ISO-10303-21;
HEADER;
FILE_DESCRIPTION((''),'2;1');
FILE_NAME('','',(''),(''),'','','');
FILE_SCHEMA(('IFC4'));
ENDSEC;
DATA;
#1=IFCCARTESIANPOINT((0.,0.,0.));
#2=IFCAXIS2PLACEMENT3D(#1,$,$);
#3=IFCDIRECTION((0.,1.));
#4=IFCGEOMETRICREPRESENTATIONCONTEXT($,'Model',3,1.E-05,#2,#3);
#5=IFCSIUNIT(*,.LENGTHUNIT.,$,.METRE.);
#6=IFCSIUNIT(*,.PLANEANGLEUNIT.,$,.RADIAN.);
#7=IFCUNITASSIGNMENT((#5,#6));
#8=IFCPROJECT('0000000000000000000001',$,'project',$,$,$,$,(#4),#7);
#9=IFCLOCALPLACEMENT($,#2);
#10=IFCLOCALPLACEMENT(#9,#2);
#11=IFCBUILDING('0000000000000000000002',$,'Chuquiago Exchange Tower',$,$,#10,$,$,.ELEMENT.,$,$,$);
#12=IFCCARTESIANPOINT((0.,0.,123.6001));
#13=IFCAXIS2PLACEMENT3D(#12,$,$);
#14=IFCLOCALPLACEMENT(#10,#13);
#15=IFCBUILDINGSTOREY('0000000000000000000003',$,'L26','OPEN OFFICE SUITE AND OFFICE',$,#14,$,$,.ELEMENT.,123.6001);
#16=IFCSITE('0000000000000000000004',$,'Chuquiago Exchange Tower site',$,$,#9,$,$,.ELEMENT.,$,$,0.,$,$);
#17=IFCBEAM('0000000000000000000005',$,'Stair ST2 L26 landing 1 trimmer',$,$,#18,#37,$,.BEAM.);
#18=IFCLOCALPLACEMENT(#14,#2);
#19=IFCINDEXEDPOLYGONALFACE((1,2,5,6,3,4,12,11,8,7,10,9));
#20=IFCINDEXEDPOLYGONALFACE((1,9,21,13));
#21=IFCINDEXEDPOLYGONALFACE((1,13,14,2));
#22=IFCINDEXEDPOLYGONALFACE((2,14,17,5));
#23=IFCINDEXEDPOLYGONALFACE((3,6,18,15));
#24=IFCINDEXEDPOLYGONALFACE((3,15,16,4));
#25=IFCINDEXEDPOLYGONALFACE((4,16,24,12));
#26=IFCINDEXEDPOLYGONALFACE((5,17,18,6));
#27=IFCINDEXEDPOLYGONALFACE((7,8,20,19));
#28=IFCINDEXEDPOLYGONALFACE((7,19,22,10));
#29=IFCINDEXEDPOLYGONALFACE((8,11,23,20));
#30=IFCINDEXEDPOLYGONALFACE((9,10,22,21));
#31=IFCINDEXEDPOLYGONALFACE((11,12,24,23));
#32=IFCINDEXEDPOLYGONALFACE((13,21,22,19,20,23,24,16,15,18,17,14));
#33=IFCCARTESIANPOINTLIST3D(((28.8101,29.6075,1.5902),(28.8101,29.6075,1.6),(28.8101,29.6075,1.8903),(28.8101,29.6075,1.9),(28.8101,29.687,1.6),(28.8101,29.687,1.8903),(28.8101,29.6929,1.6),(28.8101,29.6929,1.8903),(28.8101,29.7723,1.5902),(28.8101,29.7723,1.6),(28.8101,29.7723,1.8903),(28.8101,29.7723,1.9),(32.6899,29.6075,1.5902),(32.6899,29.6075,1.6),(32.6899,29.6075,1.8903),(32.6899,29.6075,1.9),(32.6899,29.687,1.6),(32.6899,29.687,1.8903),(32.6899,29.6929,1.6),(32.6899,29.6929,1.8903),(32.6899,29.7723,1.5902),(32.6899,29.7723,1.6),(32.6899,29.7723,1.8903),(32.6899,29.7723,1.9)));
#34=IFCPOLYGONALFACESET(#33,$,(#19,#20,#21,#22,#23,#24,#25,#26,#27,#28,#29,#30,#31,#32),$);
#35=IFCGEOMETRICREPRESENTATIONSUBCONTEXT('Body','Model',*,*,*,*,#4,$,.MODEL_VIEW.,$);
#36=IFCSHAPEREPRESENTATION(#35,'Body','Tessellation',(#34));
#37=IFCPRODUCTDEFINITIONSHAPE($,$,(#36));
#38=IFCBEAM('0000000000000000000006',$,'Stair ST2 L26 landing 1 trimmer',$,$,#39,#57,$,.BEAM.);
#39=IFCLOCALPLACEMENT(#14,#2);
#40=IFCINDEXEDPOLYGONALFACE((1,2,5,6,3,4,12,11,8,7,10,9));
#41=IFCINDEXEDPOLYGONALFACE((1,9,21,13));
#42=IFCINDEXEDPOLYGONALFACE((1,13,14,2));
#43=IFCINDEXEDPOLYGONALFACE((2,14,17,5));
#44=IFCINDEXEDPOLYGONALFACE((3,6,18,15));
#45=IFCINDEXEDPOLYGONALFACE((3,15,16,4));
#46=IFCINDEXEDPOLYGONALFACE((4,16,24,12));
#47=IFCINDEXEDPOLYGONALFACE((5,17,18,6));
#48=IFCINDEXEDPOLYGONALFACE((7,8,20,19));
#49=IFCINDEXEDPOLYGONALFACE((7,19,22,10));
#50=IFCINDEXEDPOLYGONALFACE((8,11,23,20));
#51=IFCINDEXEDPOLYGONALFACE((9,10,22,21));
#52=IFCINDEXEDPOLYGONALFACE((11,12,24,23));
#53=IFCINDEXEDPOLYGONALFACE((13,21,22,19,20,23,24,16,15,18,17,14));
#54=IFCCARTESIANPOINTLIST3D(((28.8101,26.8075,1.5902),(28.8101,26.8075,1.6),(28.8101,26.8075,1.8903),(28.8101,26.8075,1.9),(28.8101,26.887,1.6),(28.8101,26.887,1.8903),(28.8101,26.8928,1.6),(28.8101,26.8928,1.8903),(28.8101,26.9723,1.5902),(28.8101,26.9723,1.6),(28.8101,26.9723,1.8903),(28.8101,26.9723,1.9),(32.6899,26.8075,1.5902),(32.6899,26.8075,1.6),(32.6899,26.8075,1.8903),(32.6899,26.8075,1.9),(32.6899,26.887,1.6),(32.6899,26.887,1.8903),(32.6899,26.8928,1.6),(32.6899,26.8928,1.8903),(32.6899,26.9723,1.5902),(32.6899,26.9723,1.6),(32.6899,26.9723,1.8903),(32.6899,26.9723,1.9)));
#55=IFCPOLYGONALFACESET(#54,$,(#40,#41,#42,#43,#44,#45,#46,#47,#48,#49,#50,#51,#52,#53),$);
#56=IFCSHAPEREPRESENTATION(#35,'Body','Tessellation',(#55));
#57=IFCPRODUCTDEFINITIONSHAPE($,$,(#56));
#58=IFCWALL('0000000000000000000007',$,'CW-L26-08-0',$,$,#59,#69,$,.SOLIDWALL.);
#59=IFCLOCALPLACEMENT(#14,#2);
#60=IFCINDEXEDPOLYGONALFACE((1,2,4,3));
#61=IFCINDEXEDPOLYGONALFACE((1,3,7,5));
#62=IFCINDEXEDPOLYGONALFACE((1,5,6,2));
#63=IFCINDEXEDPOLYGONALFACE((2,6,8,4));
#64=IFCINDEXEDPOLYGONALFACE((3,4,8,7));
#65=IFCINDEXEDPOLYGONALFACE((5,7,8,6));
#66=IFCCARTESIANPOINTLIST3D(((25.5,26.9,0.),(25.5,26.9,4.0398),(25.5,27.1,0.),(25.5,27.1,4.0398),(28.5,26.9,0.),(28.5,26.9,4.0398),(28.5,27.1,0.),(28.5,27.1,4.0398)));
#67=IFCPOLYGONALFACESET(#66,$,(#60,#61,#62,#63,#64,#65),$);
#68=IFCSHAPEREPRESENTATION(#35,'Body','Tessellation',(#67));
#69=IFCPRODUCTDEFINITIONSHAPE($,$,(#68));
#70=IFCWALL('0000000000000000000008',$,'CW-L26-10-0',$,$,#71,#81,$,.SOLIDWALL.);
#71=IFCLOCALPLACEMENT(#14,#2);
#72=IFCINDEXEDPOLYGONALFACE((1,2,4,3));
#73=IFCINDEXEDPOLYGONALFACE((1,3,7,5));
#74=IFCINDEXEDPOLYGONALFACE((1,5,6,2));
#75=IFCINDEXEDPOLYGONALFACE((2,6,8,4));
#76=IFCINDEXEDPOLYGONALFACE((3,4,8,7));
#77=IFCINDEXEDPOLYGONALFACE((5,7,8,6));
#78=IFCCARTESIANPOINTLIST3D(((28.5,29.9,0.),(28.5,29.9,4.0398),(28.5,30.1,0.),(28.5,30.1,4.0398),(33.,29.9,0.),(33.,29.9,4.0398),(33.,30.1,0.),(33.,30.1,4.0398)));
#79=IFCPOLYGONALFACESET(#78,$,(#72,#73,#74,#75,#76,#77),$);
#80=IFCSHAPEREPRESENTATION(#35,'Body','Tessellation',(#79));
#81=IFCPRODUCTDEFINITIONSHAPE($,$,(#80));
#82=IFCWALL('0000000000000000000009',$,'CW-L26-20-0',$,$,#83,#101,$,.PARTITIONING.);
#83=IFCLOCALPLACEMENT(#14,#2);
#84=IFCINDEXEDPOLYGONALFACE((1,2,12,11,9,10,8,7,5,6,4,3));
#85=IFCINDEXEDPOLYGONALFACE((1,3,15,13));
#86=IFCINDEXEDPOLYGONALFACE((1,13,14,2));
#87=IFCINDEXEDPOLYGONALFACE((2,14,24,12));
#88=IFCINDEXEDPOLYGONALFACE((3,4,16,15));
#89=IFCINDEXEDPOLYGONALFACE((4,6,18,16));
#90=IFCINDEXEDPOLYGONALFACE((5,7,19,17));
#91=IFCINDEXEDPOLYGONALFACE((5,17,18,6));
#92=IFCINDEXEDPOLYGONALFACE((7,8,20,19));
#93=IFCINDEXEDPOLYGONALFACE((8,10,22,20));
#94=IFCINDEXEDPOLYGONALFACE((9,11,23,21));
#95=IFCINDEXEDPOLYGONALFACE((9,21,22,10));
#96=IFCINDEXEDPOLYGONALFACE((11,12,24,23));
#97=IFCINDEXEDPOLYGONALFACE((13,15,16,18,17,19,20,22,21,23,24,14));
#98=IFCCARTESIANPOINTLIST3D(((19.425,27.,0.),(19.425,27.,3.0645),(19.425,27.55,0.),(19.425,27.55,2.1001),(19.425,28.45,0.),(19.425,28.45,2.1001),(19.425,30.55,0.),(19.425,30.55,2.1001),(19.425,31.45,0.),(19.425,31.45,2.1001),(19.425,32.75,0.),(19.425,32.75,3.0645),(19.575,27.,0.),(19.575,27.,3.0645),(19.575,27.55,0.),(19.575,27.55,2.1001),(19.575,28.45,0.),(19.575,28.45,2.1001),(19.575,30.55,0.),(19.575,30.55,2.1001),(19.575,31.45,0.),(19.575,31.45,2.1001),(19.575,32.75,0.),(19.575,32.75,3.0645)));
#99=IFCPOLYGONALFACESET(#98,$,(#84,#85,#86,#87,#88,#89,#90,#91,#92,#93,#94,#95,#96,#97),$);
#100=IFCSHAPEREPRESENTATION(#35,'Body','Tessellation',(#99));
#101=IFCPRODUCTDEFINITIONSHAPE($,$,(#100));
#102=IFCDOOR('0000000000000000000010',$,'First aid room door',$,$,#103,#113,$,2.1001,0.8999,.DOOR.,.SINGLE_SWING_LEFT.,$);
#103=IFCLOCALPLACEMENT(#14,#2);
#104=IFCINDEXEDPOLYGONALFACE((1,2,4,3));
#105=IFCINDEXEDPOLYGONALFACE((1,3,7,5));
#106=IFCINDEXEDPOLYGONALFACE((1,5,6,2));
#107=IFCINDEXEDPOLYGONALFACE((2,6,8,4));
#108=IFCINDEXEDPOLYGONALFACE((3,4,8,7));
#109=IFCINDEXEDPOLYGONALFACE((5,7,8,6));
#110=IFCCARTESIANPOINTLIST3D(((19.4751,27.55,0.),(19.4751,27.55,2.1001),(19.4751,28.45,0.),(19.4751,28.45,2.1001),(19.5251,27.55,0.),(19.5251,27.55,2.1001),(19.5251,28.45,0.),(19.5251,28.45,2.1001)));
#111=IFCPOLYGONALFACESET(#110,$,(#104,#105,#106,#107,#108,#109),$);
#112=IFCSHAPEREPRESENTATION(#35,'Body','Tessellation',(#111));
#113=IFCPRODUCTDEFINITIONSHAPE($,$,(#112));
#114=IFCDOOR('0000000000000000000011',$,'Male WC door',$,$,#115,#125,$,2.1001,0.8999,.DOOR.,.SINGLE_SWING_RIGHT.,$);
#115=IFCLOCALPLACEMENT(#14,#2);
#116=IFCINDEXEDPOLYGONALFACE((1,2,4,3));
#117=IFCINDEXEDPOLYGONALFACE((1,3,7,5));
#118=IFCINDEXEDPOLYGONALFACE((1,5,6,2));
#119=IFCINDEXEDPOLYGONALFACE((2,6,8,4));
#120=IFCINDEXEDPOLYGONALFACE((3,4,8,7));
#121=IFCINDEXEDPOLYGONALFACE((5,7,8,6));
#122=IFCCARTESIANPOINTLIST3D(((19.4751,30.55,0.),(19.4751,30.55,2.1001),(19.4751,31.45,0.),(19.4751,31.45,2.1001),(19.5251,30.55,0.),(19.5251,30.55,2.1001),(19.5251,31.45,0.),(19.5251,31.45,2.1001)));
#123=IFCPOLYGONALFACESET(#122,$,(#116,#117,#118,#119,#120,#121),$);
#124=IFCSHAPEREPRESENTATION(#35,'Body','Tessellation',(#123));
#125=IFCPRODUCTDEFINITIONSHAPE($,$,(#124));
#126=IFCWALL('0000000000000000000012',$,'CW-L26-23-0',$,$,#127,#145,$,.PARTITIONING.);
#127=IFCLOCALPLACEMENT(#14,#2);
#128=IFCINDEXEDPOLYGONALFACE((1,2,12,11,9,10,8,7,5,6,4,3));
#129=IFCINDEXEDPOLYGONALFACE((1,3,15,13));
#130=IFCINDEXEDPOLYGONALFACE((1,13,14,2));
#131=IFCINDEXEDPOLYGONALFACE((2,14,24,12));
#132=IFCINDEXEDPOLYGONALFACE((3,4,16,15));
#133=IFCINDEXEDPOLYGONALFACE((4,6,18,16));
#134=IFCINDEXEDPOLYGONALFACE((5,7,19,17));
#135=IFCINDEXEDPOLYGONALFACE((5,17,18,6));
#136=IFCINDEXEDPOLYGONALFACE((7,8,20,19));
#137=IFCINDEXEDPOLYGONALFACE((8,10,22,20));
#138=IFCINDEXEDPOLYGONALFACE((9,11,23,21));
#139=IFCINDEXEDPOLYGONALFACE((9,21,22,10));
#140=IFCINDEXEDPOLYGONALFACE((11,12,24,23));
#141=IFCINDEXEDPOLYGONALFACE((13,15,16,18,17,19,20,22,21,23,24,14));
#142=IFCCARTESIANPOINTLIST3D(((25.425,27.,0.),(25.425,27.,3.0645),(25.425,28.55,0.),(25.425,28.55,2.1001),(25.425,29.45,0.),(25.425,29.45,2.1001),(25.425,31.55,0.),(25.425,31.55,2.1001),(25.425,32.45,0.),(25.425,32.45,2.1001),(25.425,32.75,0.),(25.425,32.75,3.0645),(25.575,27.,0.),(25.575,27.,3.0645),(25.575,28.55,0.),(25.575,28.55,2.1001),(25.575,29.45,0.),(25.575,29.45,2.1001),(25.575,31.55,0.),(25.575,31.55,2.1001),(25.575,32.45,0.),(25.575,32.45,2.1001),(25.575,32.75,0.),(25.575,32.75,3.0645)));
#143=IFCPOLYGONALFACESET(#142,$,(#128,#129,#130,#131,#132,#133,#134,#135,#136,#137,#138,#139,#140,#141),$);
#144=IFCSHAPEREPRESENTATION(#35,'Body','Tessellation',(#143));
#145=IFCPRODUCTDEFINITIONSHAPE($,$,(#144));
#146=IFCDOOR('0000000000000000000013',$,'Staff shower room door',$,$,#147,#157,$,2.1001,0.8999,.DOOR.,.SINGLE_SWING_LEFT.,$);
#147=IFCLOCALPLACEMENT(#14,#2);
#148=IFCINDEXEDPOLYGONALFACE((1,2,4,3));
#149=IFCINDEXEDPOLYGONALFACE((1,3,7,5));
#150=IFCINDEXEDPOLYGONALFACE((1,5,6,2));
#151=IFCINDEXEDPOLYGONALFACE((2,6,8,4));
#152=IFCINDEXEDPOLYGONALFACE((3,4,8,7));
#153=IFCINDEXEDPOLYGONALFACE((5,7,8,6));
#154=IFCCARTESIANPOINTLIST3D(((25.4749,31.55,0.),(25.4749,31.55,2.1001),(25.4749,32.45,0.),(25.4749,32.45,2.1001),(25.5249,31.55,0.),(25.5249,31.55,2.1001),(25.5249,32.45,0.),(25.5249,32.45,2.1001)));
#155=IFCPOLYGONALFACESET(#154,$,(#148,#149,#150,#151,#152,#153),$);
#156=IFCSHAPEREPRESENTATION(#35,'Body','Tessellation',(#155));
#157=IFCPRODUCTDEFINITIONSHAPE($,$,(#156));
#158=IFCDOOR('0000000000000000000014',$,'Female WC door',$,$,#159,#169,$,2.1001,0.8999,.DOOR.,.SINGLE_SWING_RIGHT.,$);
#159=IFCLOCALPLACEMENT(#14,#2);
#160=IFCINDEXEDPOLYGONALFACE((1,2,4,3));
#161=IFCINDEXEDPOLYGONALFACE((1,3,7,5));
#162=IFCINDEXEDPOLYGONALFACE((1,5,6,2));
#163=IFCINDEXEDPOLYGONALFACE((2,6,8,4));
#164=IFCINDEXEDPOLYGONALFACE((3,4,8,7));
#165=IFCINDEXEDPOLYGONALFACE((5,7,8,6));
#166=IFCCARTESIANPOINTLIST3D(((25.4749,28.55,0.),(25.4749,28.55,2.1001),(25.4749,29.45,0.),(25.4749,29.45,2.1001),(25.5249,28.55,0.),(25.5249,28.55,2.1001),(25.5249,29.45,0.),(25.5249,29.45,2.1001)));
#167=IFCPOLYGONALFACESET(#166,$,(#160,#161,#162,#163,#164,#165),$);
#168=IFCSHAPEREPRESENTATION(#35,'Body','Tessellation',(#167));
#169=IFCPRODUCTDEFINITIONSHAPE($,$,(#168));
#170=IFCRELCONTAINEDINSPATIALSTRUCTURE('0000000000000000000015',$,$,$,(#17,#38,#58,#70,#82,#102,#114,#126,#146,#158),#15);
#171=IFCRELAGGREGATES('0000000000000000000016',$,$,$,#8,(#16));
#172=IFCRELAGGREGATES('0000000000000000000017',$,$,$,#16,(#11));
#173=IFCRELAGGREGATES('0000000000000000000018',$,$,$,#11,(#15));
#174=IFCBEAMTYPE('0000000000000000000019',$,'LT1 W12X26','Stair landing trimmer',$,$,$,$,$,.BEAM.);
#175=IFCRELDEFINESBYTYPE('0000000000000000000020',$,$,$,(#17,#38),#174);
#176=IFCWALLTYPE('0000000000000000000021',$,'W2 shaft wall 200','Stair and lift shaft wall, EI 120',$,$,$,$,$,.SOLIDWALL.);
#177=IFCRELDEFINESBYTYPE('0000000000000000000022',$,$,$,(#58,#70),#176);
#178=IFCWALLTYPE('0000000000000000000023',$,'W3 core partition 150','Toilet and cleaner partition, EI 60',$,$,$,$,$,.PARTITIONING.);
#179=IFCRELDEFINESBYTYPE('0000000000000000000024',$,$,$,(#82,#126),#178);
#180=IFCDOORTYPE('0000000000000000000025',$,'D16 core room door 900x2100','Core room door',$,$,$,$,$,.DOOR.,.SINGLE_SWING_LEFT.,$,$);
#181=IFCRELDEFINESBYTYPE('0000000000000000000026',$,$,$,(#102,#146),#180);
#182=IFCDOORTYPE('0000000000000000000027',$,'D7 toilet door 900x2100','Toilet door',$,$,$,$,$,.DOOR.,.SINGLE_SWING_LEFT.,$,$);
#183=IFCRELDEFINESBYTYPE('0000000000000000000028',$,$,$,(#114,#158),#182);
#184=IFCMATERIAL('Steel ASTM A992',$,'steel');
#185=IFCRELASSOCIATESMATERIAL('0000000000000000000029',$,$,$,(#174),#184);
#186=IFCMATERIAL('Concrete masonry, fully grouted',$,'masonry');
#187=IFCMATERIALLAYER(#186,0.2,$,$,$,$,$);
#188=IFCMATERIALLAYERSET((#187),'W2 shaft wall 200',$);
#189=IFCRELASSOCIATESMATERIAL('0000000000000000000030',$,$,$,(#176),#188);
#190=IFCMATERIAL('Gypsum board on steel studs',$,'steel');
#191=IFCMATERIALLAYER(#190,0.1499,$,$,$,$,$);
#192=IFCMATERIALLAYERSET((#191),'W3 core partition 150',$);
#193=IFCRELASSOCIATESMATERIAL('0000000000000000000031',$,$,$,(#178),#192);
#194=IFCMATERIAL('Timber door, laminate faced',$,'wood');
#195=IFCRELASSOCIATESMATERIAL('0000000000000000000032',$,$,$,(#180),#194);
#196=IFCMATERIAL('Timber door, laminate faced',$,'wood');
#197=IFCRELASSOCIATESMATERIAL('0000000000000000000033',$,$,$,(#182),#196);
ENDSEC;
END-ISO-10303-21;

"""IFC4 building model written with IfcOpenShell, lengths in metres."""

from ifc_helpers import new_model, si_unit, direction, frame, frame_2d, origin, origin_2d, place, context, subcontext, project, spatial, rectangle, i_section, extrude, material, layer, layer_set, material_profile, profile_set, type_object, element, fill, save


model = new_model("IFC4")

# Units and contexts
model_context = context("Model", 3, precision=1e-05, world=origin(), true_north=direction((0.0, 1.0)))
body_context = subcontext(model_context, "Body", "Model", "MODEL_VIEW")
ifc_project = project(units=[si_unit("LENGTHUNIT", "METRE"), si_unit("PLANEANGLEUNIT", "RADIAN")], contexts=[model_context])

# Site, building, storey
site_placement = place(None, origin())
site = spatial("IfcSite", under=ifc_project, at=site_placement, Name="Chuquiago Exchange Tower site", CompositionType="ELEMENT", RefElevation=0.0)
building_placement = place(site_placement, origin())
building = spatial("IfcBuilding", under=site, at=building_placement, Name="Chuquiago Exchange Tower", CompositionType="ELEMENT")
storey_placement = place(building_placement, frame((0.0, 0.0, 123.6001)))
storey = spatial("IfcBuildingStorey", under=building, at=storey_placement, Name="L26", Description="OPEN OFFICE SUITE AND OFFICE", CompositionType="ELEMENT", Elevation=123.6001)

# Beams
ifc_material_1 = material(Name="Steel ASTM A992", Category="steel")
ifc_material_profile_1 = material_profile(ifc_material_1, i_section(OverallWidth=0.1648, OverallDepth=0.3098, WebThickness=0.0059, FlangeThickness=0.0098, at=origin_2d()), Name="W12X26")
ifc_profile_set_1 = profile_set([ifc_material_profile_1], Name="Steel ASTM A992")
beam_type_1 = type_object("IfcBeamType", Name="LT1 W12X26", Description="Stair landing trimmer", PredefinedType="BEAM", material=ifc_profile_set_1)
for number, where, z_axis, x_axis, name in (
    (1, (28.8101, 29.6899, 1.7451), (1.0, 0.0, 0.0), (0.0, 1.0, 0.0), "Stair ST2 L26 landing 1 trimmer"),
    (2, (28.8101, 26.8899, 1.7451), (1.0, 0.0, 0.0), (0.0, 1.0, 0.0), "Stair ST2 L26 landing 1 trimmer"),
):
    element("IfcBeam", number, at=place(storey_placement, frame(where, z_axis=z_axis, x_axis=x_axis)), inside=storey, type_object=beam_type_1, Name=name, PredefinedType="BEAM", context=body_context, shape_type="SweptSolid", body=[
        extrude(i_section(OverallWidth=0.1648, OverallDepth=0.3098, WebThickness=0.0059, FlangeThickness=0.0098, at=origin_2d()), origin(), (0.0, 0.0, 1.0), 3.8799),
    ])

# Walls
ifc_material_2 = material(Name="Concrete masonry, fully grouted", Category="masonry")
ifc_layer_1 = layer(ifc_material_2, 0.2)
ifc_layer_set_1 = layer_set([ifc_layer_1], Name="W2 shaft wall 200")
wall_type_1 = type_object("IfcWallType", Name="W2 shaft wall 200", Description="Stair and lift shaft wall, EI 120", PredefinedType="SOLIDWALL", material=ifc_layer_set_1)
wall_1_placement = place(storey_placement, frame((25.5, 27.0, 0.0), z_axis=(0.0, 0.0, 1.0), x_axis=(1.0, 0.0, 0.0)))
element("IfcWall", 3, at=wall_1_placement, inside=storey, type_object=wall_type_1, Name="CW-L26-08-0", PredefinedType="SOLIDWALL", context=body_context, shape_type="SweptSolid", body=[
    extrude(rectangle(XDim=3.0, YDim=0.2, at=frame_2d((1.5, 0.0))), origin(), (0.0, 0.0, 1.0), 4.0398),
])
wall_2_placement = place(storey_placement, frame((28.5, 30.0, 0.0), z_axis=(0.0, 0.0, 1.0), x_axis=(1.0, 0.0, 0.0)))
element("IfcWall", 4, at=wall_2_placement, inside=storey, type_object=wall_type_1, Name="CW-L26-10-0", PredefinedType="SOLIDWALL", context=body_context, shape_type="SweptSolid", body=[
    extrude(rectangle(XDim=4.5, YDim=0.2, at=frame_2d((2.25, 0.0))), origin(), (0.0, 0.0, 1.0), 4.0398),
])

# Walls, openings, doors
ifc_material_3 = material(Name="Gypsum board on steel studs", Category="steel")
ifc_layer_2 = layer(ifc_material_3, 0.1499)
ifc_layer_set_2 = layer_set([ifc_layer_2], Name="W3 core partition 150")
wall_type_2 = type_object("IfcWallType", Name="W3 core partition 150", Description="Toilet and cleaner partition, EI 60", PredefinedType="PARTITIONING", material=ifc_layer_set_2)
wall_3_placement = place(storey_placement, frame((19.5, 27.0, 0.0), z_axis=(0.0, 0.0, 1.0), x_axis=(0.0, 1.0, 0.0)))
wall_3 = element("IfcWall", 5, at=wall_3_placement, inside=storey, type_object=wall_type_2, Name="CW-L26-20-0", PredefinedType="PARTITIONING", context=body_context, shape_type="SweptSolid", body=[
    extrude(rectangle(XDim=5.75, YDim=0.1499, at=frame_2d((2.875, 0.0))), origin(), (0.0, 0.0, 1.0), 3.0645),
])
opening_1_placement = place(wall_3_placement, frame((0.55, 0.0, 0.0)))
opening_1 = element("IfcOpeningElement", 6, at=opening_1_placement, cuts=wall_3, PredefinedType="OPENING", context=body_context, shape_type="SweptSolid", body=[
    extrude(rectangle(XDim=0.8999, YDim=2.1001, at=frame_2d((0.45, 1.05))), frame((0.0, 0.085, 0.0), z_axis=(0.0, -1.0, 0.0), x_axis=(1.0, 0.0, 0.0)), (0.0, 0.0, 1.0), 0.1699),
])
opening_2_placement = place(wall_3_placement, frame((3.55, 0.0, 0.0)))
opening_2 = element("IfcOpeningElement", 7, at=opening_2_placement, cuts=wall_3, PredefinedType="OPENING", context=body_context, shape_type="SweptSolid", body=[
    extrude(rectangle(XDim=0.8999, YDim=2.1001, at=frame_2d((0.45, 1.05))), frame((0.0, 0.085, 0.0), z_axis=(0.0, -1.0, 0.0), x_axis=(1.0, 0.0, 0.0)), (0.0, 0.0, 1.0), 0.1699),
])
ifc_material_4 = material(Name="Timber door, laminate faced", Category="wood")
door_type_1 = type_object("IfcDoorType", Name="D16 core room door 900x2100", Description="Core room door", OperationType="SINGLE_SWING_LEFT", PredefinedType="DOOR", material=ifc_material_4)
door_1_placement = place(opening_1_placement, origin())
door_1 = element("IfcDoor", 8, at=door_1_placement, inside=storey, type_object=door_type_1, Name="First aid room door", OperationType="SINGLE_SWING_LEFT", OverallHeight=2.1001, OverallWidth=0.8999, PredefinedType="DOOR", context=body_context, shape_type="SweptSolid", body=[
    extrude(rectangle(XDim=0.8999, YDim=2.1001, at=frame_2d((0.45, 1.05))), frame((0.0, 0.0249, 0.0), z_axis=(0.0, -1.0, 0.0), x_axis=(1.0, 0.0, 0.0)), (0.0, 0.0, 1.0), 0.05),
])
fill(opening_1, door_1)
ifc_material_5 = material(Name="Timber door, laminate faced", Category="wood")
door_type_2 = type_object("IfcDoorType", Name="D7 toilet door 900x2100", Description="Toilet door", OperationType="SINGLE_SWING_LEFT", PredefinedType="DOOR", material=ifc_material_5)
door_2_placement = place(opening_2_placement, origin())
door_2 = element("IfcDoor", 9, at=door_2_placement, inside=storey, type_object=door_type_2, Name="Male WC door", OperationType="SINGLE_SWING_RIGHT", OverallHeight=2.1001, OverallWidth=0.8999, PredefinedType="DOOR", context=body_context, shape_type="SweptSolid", body=[
    extrude(rectangle(XDim=0.8999, YDim=2.1001, at=frame_2d((0.45, 1.05))), frame((0.0, 0.0249, 0.0), z_axis=(0.0, -1.0, 0.0), x_axis=(1.0, 0.0, 0.0)), (0.0, 0.0, 1.0), 0.05),
])
fill(opening_2, door_2)
wall_4_placement = place(storey_placement, frame((25.5, 27.0, 0.0), z_axis=(0.0, 0.0, 1.0), x_axis=(0.0, 1.0, 0.0)))
wall_4 = element("IfcWall", 10, at=wall_4_placement, inside=storey, type_object=wall_type_2, Name="CW-L26-23-0", PredefinedType="PARTITIONING", context=body_context, shape_type="SweptSolid", body=[
    extrude(rectangle(XDim=5.75, YDim=0.1499, at=frame_2d((2.875, 0.0))), origin(), (0.0, 0.0, 1.0), 3.0645),
])
opening_3_placement = place(wall_4_placement, frame((1.55, 0.0, 0.0)))
opening_3 = element("IfcOpeningElement", 11, at=opening_3_placement, cuts=wall_4, PredefinedType="OPENING", context=body_context, shape_type="SweptSolid", body=[
    extrude(rectangle(XDim=0.8999, YDim=2.1001, at=frame_2d((0.45, 1.05))), frame((0.0, 0.085, 0.0), z_axis=(0.0, -1.0, 0.0), x_axis=(1.0, 0.0, 0.0)), (0.0, 0.0, 1.0), 0.1699),
])
opening_4_placement = place(wall_4_placement, frame((4.55, 0.0, 0.0)))
opening_4 = element("IfcOpeningElement", 12, at=opening_4_placement, cuts=wall_4, PredefinedType="OPENING", context=body_context, shape_type="SweptSolid", body=[
    extrude(rectangle(XDim=0.8999, YDim=2.1001, at=frame_2d((0.45, 1.05))), frame((0.0, 0.085, 0.0), z_axis=(0.0, -1.0, 0.0), x_axis=(1.0, 0.0, 0.0)), (0.0, 0.0, 1.0), 0.1699),
])
door_3_placement = place(opening_4_placement, frame((0.8999, 0.0, 0.0), z_axis=(0.0, 0.0, 1.0), x_axis=(-1.0, 0.0, 0.0)))
door_3 = element("IfcDoor", 13, at=door_3_placement, inside=storey, type_object=door_type_1, Name="Staff shower room door", OperationType="SINGLE_SWING_LEFT", OverallHeight=2.1001, OverallWidth=0.8999, PredefinedType="DOOR", context=body_context, shape_type="SweptSolid", body=[
    extrude(rectangle(XDim=0.8999, YDim=2.1001, at=frame_2d((0.45, 1.05))), frame((0.0, 0.0249, 0.0), z_axis=(0.0, -1.0, 0.0), x_axis=(1.0, 0.0, 0.0)), (0.0, 0.0, 1.0), 0.05),
])
fill(opening_4, door_3)
door_4_placement = place(opening_3_placement, frame((0.8999, 0.0, 0.0), z_axis=(0.0, 0.0, 1.0), x_axis=(-1.0, 0.0, 0.0)))
door_4 = element("IfcDoor", 14, at=door_4_placement, inside=storey, type_object=door_type_2, Name="Female WC door", OperationType="SINGLE_SWING_RIGHT", OverallHeight=2.1001, OverallWidth=0.8999, PredefinedType="DOOR", context=body_context, shape_type="SweptSolid", body=[
    extrude(rectangle(XDim=0.8999, YDim=2.1001, at=frame_2d((0.45, 1.05))), frame((0.0, 0.0249, 0.0), z_axis=(0.0, -1.0, 0.0), x_axis=(1.0, 0.0, 0.0)), (0.0, 0.0, 1.0), 0.05),
])
fill(opening_3, door_4)

save(model, "model.ifc")
